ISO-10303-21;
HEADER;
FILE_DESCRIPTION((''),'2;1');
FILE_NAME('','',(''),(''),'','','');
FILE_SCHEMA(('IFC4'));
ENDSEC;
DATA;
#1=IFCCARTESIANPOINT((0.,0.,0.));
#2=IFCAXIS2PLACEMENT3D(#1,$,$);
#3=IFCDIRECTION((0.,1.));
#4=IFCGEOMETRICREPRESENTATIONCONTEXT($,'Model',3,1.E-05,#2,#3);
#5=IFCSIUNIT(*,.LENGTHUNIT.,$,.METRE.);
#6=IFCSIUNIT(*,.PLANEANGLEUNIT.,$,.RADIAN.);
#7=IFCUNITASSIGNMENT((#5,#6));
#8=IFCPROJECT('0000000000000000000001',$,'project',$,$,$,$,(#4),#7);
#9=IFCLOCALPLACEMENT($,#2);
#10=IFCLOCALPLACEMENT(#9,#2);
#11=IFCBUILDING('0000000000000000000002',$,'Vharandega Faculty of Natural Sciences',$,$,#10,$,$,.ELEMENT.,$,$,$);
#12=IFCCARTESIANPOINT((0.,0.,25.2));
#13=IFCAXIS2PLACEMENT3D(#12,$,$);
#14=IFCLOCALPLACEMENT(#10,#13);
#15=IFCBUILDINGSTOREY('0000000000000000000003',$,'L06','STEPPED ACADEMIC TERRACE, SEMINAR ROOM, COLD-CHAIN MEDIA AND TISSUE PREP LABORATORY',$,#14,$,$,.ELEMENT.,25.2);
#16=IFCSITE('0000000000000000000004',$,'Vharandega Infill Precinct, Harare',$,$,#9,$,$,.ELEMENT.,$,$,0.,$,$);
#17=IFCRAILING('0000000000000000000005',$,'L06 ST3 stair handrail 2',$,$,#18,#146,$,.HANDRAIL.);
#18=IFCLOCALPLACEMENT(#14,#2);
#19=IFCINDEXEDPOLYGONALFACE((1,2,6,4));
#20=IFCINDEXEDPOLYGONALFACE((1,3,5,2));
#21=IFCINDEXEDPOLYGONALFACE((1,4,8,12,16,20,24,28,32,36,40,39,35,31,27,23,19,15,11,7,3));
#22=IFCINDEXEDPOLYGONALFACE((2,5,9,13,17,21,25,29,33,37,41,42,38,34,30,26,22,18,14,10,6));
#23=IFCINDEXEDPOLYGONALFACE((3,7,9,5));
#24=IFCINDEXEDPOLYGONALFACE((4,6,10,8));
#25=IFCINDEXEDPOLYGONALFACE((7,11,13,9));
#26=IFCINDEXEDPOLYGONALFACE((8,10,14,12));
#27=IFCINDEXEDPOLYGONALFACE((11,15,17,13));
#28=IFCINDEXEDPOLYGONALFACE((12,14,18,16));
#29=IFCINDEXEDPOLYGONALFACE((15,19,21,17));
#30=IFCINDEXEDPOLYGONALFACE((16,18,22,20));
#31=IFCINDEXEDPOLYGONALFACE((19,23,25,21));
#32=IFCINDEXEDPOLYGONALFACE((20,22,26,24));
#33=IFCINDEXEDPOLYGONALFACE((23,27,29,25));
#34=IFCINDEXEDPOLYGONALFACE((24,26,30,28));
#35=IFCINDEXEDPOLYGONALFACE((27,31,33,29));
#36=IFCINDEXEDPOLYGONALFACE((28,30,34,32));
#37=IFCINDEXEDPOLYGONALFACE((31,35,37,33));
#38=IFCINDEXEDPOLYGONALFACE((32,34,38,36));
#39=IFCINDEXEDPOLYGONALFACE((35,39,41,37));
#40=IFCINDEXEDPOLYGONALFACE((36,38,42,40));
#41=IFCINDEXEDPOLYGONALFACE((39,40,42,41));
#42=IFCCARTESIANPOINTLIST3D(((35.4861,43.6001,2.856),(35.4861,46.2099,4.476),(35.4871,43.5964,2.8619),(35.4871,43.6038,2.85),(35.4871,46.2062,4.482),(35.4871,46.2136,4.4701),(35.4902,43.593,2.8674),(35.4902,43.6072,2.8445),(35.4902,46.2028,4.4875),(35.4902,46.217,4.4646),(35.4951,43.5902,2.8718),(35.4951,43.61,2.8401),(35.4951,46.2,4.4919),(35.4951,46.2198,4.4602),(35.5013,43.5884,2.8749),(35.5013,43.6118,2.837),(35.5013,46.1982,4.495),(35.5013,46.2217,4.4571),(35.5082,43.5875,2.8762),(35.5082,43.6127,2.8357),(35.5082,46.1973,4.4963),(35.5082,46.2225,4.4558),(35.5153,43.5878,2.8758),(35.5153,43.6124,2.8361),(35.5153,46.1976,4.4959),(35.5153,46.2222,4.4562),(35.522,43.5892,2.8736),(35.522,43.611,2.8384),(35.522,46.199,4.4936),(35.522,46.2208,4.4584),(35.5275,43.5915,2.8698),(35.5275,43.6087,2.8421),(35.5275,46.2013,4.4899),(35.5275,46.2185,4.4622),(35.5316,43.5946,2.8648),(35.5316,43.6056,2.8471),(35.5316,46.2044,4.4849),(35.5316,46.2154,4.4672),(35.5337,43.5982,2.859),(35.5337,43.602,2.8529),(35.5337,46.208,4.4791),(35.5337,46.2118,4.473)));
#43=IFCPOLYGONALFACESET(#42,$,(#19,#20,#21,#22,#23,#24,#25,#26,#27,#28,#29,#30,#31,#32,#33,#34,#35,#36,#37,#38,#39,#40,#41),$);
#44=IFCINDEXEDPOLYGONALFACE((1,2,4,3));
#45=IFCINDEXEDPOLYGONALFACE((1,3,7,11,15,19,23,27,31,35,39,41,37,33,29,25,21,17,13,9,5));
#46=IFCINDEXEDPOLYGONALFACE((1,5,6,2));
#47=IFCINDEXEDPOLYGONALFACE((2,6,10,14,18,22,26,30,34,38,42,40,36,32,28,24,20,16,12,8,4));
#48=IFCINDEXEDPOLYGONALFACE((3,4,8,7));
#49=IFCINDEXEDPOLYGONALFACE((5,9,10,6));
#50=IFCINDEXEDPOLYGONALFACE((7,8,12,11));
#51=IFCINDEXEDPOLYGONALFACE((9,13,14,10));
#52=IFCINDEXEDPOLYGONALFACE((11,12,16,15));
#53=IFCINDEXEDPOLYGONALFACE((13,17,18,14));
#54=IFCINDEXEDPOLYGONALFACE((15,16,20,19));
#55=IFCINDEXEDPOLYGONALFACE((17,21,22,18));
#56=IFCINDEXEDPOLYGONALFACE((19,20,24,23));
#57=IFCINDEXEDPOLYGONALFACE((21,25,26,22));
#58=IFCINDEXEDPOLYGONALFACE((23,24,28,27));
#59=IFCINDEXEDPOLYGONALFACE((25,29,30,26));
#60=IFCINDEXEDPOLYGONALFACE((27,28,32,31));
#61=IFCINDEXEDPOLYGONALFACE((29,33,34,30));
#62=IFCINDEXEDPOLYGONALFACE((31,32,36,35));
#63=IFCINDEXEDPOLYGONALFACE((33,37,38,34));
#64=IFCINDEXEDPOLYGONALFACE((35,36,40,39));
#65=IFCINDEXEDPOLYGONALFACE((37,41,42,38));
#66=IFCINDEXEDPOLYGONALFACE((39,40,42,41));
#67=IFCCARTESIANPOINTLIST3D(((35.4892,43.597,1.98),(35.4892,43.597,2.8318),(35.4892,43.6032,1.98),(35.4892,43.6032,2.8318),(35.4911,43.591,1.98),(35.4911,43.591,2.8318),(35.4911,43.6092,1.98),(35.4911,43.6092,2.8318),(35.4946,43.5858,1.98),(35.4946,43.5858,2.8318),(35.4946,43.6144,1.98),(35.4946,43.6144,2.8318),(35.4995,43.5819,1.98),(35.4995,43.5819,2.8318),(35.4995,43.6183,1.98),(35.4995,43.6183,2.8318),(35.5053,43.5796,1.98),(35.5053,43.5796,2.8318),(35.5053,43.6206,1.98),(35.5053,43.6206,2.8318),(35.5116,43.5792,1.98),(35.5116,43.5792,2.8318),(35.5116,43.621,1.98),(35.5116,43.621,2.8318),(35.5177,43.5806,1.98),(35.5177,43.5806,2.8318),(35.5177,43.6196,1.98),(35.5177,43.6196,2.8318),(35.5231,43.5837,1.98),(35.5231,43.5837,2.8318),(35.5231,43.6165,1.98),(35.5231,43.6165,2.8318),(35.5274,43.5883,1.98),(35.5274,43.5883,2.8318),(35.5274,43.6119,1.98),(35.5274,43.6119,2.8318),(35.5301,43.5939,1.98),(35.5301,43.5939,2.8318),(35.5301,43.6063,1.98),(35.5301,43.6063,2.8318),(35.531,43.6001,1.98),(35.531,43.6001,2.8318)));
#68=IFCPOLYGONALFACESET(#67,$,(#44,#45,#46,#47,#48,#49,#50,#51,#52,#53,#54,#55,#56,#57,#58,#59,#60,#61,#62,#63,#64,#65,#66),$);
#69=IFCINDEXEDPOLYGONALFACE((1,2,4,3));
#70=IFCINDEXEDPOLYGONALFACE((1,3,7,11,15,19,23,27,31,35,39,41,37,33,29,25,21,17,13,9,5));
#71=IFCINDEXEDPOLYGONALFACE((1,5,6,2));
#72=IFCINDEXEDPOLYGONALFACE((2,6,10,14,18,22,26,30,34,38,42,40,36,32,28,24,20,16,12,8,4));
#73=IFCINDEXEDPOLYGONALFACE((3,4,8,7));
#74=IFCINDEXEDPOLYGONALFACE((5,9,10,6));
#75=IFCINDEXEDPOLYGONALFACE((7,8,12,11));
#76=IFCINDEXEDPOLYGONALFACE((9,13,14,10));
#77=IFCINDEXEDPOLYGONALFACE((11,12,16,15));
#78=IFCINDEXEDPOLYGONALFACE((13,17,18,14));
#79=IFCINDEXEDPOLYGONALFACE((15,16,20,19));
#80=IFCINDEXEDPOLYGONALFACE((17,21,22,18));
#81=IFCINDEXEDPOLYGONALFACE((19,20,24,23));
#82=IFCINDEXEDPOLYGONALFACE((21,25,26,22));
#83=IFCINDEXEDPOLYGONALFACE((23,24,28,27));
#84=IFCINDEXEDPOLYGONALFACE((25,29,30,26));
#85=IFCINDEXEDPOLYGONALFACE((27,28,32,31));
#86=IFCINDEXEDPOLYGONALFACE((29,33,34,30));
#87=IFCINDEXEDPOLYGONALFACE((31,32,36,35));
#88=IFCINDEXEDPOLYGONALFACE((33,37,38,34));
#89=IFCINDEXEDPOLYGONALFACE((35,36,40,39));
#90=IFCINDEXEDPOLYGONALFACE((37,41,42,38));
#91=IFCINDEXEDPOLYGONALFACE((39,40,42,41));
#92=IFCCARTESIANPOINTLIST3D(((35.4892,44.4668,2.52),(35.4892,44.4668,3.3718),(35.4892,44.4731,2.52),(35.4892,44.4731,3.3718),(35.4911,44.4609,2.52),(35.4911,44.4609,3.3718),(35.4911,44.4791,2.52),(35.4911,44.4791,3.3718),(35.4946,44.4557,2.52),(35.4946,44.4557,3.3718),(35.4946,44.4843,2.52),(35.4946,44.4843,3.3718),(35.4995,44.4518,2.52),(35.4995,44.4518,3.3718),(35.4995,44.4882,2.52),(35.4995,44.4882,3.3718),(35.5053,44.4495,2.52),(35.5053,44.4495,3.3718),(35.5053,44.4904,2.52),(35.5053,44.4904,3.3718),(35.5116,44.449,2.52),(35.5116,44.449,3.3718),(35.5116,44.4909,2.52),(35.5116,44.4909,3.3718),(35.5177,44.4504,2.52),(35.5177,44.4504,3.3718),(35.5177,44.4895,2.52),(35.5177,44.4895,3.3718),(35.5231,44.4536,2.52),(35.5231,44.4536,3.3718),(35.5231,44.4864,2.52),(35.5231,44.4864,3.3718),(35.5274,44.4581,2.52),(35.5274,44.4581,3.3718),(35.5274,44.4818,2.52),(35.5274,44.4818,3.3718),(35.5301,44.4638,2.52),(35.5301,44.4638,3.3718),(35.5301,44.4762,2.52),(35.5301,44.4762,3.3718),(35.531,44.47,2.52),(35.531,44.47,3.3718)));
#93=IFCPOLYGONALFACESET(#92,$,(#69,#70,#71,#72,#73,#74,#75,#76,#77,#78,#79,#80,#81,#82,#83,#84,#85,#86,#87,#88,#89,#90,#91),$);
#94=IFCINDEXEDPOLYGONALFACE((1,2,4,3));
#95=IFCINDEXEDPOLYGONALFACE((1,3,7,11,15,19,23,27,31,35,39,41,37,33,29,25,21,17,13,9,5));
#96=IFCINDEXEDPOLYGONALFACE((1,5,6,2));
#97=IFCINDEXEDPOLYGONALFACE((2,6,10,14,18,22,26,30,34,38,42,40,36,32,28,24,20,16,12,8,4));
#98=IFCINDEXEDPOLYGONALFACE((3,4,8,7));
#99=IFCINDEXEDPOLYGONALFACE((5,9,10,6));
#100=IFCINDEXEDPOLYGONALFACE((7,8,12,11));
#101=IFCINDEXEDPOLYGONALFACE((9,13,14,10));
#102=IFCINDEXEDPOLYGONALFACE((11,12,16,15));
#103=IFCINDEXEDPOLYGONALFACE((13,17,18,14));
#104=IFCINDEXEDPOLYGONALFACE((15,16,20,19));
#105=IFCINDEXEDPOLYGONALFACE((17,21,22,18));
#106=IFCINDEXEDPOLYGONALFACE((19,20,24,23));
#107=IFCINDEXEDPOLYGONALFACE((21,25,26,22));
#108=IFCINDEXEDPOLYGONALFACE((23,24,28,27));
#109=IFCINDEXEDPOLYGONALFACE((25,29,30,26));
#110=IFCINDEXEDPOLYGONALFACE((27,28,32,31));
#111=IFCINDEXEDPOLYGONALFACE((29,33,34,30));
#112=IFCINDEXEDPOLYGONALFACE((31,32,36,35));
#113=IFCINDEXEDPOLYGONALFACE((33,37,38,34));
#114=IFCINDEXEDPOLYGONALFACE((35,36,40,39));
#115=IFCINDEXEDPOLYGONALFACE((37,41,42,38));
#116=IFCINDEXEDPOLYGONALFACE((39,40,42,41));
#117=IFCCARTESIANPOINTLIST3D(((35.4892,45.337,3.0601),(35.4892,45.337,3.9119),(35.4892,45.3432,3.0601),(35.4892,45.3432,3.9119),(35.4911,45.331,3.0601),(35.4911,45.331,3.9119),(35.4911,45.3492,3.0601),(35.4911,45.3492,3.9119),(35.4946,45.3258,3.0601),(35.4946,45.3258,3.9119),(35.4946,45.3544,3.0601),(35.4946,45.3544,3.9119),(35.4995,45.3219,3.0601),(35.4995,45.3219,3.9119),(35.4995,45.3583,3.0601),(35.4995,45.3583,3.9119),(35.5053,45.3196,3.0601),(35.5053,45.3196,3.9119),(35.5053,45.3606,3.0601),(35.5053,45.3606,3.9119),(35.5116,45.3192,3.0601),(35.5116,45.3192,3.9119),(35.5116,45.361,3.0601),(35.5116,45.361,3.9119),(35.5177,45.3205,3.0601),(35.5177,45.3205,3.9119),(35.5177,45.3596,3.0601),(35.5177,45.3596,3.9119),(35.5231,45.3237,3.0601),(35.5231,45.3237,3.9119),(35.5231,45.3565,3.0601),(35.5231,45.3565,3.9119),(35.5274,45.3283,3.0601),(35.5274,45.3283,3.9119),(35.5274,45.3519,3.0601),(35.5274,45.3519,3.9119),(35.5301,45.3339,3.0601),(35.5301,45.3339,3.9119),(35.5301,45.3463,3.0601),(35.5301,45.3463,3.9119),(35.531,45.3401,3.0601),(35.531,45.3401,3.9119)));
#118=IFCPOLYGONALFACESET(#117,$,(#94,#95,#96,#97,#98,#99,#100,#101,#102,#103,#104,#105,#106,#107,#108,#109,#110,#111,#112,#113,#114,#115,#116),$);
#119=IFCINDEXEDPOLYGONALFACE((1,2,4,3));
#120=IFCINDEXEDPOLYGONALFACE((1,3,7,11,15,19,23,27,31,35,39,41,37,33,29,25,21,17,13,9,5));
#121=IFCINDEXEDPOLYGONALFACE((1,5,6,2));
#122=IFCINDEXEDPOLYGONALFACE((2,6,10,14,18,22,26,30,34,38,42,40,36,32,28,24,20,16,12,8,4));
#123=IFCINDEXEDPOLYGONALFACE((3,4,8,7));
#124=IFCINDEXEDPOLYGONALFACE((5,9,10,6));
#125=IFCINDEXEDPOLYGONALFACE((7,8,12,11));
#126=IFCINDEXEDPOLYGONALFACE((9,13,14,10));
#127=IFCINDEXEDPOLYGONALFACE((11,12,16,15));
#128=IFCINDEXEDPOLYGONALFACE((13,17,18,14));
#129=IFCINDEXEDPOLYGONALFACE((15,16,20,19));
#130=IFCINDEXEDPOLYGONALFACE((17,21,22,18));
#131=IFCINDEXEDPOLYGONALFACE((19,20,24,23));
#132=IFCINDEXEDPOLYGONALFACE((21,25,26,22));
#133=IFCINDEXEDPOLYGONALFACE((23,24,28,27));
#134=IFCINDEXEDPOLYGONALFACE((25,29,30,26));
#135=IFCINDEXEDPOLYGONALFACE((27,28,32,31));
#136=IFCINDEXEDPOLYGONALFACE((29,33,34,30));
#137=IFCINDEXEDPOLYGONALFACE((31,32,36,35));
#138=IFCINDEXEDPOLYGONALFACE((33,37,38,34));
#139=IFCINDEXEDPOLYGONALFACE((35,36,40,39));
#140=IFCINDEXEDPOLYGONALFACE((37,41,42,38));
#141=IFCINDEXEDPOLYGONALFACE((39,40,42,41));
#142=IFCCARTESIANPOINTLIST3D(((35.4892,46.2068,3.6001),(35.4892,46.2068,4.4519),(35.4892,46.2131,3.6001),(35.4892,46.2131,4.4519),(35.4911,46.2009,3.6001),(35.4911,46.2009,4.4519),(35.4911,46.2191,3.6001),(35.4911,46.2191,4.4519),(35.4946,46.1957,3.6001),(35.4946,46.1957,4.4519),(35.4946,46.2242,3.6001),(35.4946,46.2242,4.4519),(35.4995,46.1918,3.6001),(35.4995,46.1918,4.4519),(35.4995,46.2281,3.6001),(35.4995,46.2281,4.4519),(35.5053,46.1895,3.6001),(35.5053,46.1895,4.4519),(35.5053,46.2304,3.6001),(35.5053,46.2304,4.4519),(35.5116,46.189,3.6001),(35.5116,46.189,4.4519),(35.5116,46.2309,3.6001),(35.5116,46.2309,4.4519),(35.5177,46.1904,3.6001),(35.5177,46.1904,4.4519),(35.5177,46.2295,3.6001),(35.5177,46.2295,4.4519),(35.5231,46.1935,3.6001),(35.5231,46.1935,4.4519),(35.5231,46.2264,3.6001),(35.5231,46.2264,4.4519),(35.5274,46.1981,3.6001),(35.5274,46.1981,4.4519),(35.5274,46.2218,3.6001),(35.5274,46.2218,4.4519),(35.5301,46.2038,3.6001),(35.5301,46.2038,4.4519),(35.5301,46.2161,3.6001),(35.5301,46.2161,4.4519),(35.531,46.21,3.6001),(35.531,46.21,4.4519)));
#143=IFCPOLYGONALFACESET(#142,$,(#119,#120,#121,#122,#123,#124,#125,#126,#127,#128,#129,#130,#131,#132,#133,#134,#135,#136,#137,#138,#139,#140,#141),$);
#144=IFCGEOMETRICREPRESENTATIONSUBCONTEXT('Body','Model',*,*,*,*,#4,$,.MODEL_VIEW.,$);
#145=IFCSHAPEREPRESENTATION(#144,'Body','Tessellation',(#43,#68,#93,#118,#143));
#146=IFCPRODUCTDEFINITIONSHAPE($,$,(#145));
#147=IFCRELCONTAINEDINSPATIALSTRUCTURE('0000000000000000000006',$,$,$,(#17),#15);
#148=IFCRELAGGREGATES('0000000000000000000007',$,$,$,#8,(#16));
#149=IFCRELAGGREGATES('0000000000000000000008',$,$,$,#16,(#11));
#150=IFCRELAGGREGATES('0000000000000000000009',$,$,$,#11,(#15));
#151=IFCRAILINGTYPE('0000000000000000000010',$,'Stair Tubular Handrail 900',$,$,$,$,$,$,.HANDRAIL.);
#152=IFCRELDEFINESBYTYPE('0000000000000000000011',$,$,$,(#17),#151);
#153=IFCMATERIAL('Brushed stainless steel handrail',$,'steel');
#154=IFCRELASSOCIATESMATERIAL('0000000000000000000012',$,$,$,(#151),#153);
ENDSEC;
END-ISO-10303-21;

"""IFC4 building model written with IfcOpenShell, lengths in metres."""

from ifc_helpers import new_model, si_unit, direction, frame, origin, origin_2d, place, context, subcontext, project, spatial, circle, extrude, material, type_object, element, save


model = new_model("IFC4")

# Units and contexts
model_context = context("Model", 3, precision=1e-05, world=origin(), true_north=direction((0.0, 1.0)))
body_context = subcontext(model_context, "Body", "Model", "MODEL_VIEW")
ifc_project = project(units=[si_unit("LENGTHUNIT", "METRE"), si_unit("PLANEANGLEUNIT", "RADIAN")], contexts=[model_context])

# Site, building, storey
site_placement = place(None, origin())
site = spatial("IfcSite", under=ifc_project, at=site_placement, Name="Vharandega Infill Precinct, Harare", CompositionType="ELEMENT", RefElevation=0.0)
building_placement = place(site_placement, origin())
building = spatial("IfcBuilding", under=site, at=building_placement, Name="Vharandega Faculty of Natural Sciences", CompositionType="ELEMENT")
storey_placement = place(building_placement, frame((0.0, 0.0, 25.2)))
storey = spatial("IfcBuildingStorey", under=building, at=storey_placement, Name="L06", Description="STEPPED ACADEMIC TERRACE, SEMINAR ROOM, COLD-CHAIN MEDIA AND TISSUE PREP LABORATORY", CompositionType="ELEMENT", Elevation=25.2)

# Railing
ifc_material_1 = material(Name="Brushed stainless steel handrail", Category="steel")
railing_type_1 = type_object("IfcRailingType", Name="Stair Tubular Handrail 900", PredefinedType="HANDRAIL", material=ifc_material_1)
railing_1_placement = place(storey_placement, frame((35.51, 43.6001, 1.98)))
element("IfcRailing", 1, at=railing_1_placement, inside=storey, type_object=railing_type_1, Name="L06 ST3 stair handrail 2", PredefinedType="HANDRAIL", context=body_context, shape_type="SweptSolid", body=[
    extrude(circle(Radius=0.0239, at=origin_2d()), frame((0.0, 0.0, 0.876), z_axis=(0.0, 0.849611, 0.52741), x_axis=(-1.0, 0.0, 0.0)), (0.0, 0.0, 1.0), 3.0718),
    extrude(circle(Radius=0.021, at=origin_2d()), origin(), (0.0, 0.0, 1.0), 0.8518),
    extrude(circle(Radius=0.021, at=origin_2d()), frame((0.0, 0.8699, 0.54)), (0.0, 0.0, 1.0), 0.8518),
    extrude(circle(Radius=0.021, at=origin_2d()), frame((0.0, 1.74, 1.0801)), (0.0, 0.0, 1.0), 0.8518),
    extrude(circle(Radius=0.021, at=origin_2d()), frame((0.0, 2.6099, 1.6201)), (0.0, 0.0, 1.0), 0.8518),
])

save(model, "model.ifc")
